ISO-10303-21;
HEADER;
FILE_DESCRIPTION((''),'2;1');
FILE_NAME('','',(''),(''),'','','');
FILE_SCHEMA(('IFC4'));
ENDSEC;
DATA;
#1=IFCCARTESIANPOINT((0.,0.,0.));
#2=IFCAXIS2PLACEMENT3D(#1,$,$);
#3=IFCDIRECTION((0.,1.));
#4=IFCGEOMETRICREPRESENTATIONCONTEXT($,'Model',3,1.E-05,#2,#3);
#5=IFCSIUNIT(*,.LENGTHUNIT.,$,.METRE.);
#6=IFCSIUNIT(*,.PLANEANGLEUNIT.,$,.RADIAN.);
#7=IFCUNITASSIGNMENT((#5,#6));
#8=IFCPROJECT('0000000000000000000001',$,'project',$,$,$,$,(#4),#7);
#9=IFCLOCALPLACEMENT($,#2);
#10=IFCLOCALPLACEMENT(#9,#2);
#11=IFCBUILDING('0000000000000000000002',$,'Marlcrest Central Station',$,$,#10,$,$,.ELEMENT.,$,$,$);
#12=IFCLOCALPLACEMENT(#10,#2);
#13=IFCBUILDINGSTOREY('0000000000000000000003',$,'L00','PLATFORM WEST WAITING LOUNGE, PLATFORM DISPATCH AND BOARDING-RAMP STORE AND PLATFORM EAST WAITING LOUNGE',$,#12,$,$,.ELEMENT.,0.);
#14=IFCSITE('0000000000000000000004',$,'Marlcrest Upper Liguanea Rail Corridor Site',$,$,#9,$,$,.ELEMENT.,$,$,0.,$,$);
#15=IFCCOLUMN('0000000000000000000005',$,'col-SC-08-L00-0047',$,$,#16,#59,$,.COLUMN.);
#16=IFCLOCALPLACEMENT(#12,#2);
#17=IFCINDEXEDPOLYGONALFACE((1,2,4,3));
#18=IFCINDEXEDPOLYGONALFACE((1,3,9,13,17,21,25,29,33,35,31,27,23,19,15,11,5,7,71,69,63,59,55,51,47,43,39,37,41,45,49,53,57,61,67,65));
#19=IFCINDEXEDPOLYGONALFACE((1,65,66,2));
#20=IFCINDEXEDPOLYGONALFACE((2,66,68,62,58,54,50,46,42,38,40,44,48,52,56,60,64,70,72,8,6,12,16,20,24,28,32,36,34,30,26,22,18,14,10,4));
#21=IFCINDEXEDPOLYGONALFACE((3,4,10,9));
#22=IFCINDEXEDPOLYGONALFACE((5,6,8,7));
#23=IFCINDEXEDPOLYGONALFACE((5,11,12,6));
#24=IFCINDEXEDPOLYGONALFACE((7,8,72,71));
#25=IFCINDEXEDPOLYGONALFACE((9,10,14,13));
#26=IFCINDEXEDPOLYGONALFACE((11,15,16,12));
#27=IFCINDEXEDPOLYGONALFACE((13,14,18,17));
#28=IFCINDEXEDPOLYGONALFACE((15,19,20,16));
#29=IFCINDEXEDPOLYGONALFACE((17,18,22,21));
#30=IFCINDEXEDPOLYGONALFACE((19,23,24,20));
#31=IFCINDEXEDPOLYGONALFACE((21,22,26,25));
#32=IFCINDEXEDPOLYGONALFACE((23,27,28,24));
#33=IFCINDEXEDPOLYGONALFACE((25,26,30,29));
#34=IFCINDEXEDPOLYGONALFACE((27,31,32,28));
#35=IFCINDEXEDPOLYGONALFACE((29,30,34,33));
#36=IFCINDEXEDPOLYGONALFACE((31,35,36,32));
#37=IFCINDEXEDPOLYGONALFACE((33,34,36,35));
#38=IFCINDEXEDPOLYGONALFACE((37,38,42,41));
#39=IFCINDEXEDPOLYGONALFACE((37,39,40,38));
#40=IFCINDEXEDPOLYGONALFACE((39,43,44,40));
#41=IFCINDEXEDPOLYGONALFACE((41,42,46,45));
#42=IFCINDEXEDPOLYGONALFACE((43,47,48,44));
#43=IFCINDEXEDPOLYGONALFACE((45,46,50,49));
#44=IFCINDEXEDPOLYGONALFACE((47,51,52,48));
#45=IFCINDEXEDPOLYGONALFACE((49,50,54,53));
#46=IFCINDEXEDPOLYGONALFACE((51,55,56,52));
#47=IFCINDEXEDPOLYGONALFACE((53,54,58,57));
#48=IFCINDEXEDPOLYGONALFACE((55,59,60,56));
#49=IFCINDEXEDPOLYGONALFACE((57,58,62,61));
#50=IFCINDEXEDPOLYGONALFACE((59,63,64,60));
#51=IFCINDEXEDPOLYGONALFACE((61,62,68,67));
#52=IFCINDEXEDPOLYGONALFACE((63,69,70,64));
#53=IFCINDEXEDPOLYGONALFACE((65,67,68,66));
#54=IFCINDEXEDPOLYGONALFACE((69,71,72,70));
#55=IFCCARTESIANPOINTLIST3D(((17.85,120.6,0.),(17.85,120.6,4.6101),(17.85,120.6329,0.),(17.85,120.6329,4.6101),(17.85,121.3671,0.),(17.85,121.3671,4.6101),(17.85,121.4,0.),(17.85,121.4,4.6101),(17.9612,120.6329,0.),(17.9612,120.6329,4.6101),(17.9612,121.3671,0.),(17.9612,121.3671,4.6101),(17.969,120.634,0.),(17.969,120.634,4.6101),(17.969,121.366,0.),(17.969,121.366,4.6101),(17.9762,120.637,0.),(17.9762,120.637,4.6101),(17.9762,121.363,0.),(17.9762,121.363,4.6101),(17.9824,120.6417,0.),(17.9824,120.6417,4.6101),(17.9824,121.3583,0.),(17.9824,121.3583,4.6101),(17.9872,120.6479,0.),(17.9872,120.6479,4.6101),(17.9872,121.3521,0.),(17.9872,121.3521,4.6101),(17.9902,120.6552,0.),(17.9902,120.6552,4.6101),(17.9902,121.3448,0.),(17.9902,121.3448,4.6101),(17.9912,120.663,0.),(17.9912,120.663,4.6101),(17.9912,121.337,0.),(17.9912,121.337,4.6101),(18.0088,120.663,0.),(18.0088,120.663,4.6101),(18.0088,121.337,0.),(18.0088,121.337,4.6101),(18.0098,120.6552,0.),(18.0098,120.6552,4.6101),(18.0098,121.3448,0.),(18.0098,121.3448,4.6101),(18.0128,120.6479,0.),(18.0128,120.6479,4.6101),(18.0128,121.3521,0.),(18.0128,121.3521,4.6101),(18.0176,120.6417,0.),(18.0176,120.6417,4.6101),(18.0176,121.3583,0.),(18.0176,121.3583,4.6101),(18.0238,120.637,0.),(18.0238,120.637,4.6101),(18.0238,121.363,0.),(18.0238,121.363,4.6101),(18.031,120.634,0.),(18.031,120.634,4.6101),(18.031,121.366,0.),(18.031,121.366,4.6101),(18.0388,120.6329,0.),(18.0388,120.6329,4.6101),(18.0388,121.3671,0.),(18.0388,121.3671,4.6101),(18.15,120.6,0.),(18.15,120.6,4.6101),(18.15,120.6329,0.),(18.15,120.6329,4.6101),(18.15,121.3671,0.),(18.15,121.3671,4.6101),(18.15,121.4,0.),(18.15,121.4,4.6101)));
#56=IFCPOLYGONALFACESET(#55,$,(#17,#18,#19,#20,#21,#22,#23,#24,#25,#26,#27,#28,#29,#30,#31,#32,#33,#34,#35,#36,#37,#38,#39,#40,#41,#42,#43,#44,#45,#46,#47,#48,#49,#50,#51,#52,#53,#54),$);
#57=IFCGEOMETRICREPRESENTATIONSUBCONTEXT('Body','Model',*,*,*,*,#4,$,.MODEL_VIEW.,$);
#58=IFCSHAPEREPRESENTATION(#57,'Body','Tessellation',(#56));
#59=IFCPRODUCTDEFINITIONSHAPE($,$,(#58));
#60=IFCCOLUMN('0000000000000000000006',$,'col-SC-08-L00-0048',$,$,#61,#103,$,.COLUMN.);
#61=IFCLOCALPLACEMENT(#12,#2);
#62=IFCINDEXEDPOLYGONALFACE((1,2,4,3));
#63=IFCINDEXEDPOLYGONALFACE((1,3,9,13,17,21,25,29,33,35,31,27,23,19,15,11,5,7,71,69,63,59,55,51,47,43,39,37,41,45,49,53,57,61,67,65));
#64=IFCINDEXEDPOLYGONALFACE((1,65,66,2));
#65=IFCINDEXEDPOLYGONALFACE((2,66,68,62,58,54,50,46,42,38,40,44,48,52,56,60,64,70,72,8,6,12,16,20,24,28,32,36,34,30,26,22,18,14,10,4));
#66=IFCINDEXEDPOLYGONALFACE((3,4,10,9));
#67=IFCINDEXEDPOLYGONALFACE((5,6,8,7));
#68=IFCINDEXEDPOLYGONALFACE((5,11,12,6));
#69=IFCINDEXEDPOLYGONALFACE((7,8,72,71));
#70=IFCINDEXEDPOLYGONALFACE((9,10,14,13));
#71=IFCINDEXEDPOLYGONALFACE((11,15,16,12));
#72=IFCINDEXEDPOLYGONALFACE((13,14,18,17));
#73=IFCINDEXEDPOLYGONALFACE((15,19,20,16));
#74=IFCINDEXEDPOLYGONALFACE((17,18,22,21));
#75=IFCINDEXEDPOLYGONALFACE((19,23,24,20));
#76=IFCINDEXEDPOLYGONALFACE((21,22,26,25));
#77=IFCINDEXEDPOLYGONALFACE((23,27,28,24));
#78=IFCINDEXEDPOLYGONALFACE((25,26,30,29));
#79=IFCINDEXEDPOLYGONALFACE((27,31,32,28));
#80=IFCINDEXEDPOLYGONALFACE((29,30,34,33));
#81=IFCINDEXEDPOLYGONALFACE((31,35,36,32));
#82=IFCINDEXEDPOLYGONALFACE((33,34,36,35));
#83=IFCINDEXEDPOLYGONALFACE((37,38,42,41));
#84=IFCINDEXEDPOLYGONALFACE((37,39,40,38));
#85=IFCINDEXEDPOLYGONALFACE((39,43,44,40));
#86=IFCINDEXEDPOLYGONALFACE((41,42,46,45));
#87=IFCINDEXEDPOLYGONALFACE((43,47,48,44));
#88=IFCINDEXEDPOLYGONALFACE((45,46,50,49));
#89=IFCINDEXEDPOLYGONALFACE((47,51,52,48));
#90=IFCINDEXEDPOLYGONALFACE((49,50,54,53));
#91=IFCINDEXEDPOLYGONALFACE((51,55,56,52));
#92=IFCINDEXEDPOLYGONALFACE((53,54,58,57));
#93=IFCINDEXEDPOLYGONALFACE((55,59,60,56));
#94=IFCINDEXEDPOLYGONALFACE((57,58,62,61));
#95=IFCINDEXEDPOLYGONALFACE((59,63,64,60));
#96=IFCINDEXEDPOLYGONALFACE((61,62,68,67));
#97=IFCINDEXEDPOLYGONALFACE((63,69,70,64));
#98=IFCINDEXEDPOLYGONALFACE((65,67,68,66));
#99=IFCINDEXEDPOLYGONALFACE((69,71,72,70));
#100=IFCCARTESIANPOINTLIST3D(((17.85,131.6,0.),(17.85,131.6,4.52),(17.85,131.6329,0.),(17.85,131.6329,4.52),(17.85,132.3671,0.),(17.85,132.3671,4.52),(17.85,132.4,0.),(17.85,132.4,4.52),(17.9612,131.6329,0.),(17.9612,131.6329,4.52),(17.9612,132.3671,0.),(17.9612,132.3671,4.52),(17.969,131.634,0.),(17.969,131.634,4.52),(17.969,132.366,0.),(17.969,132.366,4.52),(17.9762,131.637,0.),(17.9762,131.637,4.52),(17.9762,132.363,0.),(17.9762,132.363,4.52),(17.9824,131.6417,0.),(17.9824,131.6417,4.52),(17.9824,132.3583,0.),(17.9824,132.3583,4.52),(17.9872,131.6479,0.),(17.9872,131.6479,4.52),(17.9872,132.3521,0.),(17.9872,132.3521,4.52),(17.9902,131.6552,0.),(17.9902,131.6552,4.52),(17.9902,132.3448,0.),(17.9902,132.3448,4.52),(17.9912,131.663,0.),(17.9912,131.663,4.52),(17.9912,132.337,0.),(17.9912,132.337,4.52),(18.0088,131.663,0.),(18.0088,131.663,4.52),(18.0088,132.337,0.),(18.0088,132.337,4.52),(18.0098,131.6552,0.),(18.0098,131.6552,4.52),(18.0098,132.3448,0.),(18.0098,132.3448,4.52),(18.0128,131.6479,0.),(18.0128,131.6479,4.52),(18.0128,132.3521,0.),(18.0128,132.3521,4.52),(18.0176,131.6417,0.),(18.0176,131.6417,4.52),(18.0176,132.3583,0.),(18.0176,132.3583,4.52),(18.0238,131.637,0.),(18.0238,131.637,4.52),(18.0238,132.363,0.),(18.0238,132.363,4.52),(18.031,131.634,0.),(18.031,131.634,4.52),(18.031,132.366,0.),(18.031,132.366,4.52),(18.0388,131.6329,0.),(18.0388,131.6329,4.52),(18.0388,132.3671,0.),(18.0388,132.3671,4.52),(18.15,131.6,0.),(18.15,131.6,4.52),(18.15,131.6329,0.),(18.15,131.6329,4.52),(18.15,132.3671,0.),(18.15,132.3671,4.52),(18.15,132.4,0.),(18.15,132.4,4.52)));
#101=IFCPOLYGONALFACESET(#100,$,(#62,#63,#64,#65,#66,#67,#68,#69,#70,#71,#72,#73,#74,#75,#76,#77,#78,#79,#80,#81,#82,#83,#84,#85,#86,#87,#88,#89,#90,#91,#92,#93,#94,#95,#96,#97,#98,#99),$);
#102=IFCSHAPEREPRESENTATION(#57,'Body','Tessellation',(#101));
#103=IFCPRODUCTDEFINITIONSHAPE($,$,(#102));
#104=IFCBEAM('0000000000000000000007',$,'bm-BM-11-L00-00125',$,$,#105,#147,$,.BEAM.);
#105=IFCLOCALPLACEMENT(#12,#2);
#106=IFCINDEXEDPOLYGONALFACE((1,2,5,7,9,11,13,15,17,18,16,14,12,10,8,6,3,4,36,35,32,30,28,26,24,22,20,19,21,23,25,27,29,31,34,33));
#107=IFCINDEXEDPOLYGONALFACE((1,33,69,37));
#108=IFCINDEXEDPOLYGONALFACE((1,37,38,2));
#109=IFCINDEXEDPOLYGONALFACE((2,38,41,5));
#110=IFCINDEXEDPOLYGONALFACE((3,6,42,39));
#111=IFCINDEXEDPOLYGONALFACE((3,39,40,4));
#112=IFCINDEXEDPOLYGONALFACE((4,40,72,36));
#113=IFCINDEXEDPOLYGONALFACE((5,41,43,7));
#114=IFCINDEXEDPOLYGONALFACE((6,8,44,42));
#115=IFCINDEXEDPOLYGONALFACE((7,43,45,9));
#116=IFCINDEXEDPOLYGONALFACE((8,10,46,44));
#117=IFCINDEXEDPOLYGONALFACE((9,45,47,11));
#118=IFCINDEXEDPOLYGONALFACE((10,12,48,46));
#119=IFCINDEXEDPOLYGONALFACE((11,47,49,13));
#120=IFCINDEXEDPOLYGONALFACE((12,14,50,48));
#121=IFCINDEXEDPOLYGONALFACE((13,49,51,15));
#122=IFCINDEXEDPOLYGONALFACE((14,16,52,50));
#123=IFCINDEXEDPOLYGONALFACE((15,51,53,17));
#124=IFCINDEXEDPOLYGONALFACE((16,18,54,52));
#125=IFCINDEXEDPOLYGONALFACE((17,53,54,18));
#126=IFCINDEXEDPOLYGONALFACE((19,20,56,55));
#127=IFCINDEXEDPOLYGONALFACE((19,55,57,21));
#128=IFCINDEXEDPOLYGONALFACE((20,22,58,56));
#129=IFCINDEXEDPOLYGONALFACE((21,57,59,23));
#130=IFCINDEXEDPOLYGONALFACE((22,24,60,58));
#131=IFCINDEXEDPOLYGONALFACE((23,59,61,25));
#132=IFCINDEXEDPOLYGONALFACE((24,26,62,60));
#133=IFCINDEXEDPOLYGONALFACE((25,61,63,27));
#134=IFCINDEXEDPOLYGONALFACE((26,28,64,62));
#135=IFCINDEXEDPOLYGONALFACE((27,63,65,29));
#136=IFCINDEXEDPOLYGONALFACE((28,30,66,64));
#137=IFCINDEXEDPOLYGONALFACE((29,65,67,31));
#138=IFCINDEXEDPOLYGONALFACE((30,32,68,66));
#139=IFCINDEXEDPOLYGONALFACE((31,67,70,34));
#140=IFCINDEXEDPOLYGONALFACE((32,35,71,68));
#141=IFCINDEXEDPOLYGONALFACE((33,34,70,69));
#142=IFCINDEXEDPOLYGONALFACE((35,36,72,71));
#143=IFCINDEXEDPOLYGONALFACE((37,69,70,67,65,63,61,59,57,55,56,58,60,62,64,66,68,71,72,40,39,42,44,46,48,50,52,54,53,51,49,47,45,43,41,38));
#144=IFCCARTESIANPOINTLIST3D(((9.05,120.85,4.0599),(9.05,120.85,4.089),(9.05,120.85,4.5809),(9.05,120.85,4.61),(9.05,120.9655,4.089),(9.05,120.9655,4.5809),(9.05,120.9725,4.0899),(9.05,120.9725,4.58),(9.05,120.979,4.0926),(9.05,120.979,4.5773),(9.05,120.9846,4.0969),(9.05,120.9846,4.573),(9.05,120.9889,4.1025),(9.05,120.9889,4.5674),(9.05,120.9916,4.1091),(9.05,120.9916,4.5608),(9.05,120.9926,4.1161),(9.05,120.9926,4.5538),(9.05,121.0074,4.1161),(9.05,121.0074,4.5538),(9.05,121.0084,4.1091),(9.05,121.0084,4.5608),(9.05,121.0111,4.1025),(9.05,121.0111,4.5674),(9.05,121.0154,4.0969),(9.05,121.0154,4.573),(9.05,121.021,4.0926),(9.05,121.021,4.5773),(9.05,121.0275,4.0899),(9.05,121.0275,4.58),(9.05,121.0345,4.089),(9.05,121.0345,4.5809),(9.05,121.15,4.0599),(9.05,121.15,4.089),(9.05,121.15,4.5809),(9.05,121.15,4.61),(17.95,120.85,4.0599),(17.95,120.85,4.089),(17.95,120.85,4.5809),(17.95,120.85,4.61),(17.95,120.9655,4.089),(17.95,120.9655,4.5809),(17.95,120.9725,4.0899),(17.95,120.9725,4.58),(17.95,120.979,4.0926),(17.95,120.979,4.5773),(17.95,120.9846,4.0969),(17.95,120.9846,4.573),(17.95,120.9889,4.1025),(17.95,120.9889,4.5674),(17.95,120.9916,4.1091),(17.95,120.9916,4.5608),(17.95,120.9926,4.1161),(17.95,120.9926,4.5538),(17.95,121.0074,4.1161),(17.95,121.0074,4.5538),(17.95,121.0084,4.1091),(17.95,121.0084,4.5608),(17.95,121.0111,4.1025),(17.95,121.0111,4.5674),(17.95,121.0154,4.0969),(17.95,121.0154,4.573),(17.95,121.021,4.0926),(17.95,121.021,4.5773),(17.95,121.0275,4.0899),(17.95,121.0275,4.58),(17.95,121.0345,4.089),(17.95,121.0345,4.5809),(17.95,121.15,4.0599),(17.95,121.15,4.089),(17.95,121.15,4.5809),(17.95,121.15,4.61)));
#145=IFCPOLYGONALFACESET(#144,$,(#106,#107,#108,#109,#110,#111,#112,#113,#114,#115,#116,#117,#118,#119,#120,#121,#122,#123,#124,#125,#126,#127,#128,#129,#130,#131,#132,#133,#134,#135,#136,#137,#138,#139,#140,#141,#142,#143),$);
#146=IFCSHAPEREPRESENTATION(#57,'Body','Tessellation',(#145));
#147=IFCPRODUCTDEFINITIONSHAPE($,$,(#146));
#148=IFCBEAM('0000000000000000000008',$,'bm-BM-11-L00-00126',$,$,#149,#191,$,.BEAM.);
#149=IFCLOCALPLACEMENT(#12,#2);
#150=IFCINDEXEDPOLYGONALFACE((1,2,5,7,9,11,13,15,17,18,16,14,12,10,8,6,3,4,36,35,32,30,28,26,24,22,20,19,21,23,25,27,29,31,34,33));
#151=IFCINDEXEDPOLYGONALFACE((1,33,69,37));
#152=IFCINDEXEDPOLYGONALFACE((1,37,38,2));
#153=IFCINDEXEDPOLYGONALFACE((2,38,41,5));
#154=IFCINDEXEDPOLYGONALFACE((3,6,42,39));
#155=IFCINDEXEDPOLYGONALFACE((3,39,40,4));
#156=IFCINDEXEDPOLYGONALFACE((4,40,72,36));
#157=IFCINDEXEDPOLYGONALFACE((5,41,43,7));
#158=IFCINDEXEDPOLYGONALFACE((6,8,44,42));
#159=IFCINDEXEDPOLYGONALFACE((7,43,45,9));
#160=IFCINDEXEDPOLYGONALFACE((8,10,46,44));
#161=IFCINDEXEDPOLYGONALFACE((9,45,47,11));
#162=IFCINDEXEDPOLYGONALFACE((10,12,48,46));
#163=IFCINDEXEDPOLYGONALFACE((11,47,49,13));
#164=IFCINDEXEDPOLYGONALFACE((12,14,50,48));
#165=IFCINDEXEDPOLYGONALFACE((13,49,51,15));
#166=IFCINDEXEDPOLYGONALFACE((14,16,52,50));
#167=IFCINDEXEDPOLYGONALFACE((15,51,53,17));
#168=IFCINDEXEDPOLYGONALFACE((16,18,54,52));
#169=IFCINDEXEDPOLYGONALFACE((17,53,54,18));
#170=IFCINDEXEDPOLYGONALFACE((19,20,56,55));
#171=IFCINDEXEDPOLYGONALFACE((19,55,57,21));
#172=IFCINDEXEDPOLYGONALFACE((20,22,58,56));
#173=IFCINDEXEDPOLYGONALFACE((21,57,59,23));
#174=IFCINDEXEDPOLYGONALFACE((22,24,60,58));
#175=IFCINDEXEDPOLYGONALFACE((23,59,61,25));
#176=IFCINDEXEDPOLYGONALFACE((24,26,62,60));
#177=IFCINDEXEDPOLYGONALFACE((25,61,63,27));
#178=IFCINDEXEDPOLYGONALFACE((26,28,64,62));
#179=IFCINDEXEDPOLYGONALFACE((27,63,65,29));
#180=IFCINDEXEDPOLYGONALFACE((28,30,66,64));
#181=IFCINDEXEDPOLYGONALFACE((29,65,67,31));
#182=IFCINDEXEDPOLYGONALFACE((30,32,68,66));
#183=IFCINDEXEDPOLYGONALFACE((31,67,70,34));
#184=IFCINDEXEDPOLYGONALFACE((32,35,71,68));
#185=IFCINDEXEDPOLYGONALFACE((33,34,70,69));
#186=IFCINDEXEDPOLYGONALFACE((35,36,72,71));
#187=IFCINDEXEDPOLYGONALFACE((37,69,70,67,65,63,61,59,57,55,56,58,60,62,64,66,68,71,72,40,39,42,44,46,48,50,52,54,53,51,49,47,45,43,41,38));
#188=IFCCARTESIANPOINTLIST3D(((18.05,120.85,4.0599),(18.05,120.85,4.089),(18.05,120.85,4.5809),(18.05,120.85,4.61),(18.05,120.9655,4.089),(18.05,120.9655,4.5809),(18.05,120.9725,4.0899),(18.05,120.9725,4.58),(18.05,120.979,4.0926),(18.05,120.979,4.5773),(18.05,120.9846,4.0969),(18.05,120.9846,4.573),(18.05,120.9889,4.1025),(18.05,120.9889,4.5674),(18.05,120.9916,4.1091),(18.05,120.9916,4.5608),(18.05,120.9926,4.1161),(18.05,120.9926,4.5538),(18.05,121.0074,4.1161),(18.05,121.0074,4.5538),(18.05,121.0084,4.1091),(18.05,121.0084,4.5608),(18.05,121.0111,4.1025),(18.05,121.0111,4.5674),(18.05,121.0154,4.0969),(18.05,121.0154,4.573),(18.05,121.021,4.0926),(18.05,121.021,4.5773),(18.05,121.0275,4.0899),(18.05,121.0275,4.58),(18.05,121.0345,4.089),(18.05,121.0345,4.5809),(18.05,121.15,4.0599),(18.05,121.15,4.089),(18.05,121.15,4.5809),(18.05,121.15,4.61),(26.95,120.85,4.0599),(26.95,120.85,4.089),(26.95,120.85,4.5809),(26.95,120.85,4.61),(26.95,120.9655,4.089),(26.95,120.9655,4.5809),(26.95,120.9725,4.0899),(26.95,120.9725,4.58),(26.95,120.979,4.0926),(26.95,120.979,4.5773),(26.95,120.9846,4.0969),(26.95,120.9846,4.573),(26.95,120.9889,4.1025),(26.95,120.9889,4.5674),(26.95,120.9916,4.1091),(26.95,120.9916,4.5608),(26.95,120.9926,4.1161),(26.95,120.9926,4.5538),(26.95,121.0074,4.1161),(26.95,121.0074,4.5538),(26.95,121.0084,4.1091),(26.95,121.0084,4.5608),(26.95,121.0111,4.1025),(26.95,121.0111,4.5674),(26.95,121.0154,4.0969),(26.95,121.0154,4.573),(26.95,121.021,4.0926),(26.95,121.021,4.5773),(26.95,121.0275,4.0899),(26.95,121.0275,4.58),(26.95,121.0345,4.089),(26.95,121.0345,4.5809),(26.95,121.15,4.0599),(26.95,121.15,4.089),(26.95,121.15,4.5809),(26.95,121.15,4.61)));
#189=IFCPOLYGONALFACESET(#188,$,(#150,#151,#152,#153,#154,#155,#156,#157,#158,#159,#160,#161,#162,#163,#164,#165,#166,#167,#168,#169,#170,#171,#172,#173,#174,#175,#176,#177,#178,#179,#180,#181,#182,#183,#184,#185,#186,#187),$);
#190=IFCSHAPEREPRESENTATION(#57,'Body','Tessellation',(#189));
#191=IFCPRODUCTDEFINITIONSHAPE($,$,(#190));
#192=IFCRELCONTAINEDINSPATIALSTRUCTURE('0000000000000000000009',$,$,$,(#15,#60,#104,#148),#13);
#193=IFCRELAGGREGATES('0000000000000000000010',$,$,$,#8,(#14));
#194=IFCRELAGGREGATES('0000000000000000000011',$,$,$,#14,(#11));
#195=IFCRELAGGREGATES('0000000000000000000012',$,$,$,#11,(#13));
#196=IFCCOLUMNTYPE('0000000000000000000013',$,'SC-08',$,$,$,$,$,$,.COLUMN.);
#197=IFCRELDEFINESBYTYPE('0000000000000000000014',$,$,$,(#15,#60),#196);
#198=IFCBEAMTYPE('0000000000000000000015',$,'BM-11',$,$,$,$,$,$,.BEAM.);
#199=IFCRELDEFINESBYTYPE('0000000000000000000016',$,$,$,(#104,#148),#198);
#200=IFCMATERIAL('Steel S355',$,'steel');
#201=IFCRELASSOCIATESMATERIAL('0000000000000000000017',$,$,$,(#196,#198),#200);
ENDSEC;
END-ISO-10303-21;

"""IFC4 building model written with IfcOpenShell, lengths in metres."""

from ifc_helpers import new_model, si_unit, direction, frame, origin, origin_2d, place, context, subcontext, project, spatial, i_section, extrude, material, material_profile, profile_set, type_object, element, save


model = new_model("IFC4")

# Units and contexts
model_context = context("Model", 3, precision=1e-05, world=origin(), true_north=direction((0.0, 1.0)))
body_context = subcontext(model_context, "Body", "Model", "MODEL_VIEW")
ifc_project = project(units=[si_unit("LENGTHUNIT", "METRE"), si_unit("PLANEANGLEUNIT", "RADIAN")], contexts=[model_context])

# Site, building, storey
site_placement = place(None, origin())
site = spatial("IfcSite", under=ifc_project, at=site_placement, Name="Marlcrest Upper Liguanea Rail Corridor Site", CompositionType="ELEMENT", RefElevation=0.0)
building_placement = place(site_placement, origin())
building = spatial("IfcBuilding", under=site, at=building_placement, Name="Marlcrest Central Station", CompositionType="ELEMENT")
storey_placement = place(building_placement, origin())
storey = spatial("IfcBuildingStorey", under=building, at=storey_placement, Name="L00", Description="PLATFORM WEST WAITING LOUNGE, PLATFORM DISPATCH AND BOARDING-RAMP STORE AND PLATFORM EAST WAITING LOUNGE", CompositionType="ELEMENT", Elevation=0.0)

# Columns
ifc_material_1 = material(Name="Steel S355", Category="steel")
ifc_material_profile_1 = material_profile(ifc_material_1, i_section(OverallWidth=0.3, OverallDepth=0.8, WebThickness=0.0176, FlangeThickness=0.033, FilletRadius=0.03, at=origin_2d()), Name="HEB 800")
ifc_profile_set_1 = profile_set([ifc_material_profile_1], Name="Steel S355")
column_type_1 = type_object("IfcColumnType", Name="SC-08", PredefinedType="COLUMN", material=ifc_profile_set_1)
column_1_placement = place(storey_placement, frame((18.0, 121.0, 0.0), z_axis=(0.0, 0.0, 1.0), x_axis=(1.0, 0.0, 0.0)))
element("IfcColumn", 1, at=column_1_placement, inside=storey, type_object=column_type_1, Name="col-SC-08-L00-0047", PredefinedType="COLUMN", context=body_context, shape_type="SweptSolid", body=[
    extrude(i_section(OverallWidth=0.3, OverallDepth=0.8, WebThickness=0.0176, FlangeThickness=0.033, FilletRadius=0.03, at=origin_2d()), origin(), (0.0, 0.0, 1.0), 4.6101),
])
column_2_placement = place(storey_placement, frame((18.0, 132.0, 0.0), z_axis=(0.0, 0.0, 1.0), x_axis=(1.0, 0.0, 0.0)))
element("IfcColumn", 2, at=column_2_placement, inside=storey, type_object=column_type_1, Name="col-SC-08-L00-0048", PredefinedType="COLUMN", context=body_context, shape_type="SweptSolid", body=[
    extrude(i_section(OverallWidth=0.3, OverallDepth=0.8, WebThickness=0.0176, FlangeThickness=0.033, FilletRadius=0.03, at=origin_2d()), origin(), (0.0, 0.0, 1.0), 4.52),
])

# Beams
ifc_material_profile_2 = material_profile(ifc_material_1, i_section(OverallWidth=0.3, OverallDepth=0.55, WebThickness=0.0149, FlangeThickness=0.0291, FilletRadius=0.0271, at=origin_2d()), Name="HEB 550")
ifc_profile_set_2 = profile_set([ifc_material_profile_2], Name="Steel S355")
beam_type_1 = type_object("IfcBeamType", Name="BM-11", PredefinedType="BEAM", material=ifc_profile_set_2)
for number, where, z_axis, x_axis, name in (
    (3, (9.05, 121.0, 4.335), (1.0, 0.0, 0.0), (0.0, 1.0, 0.0), "bm-BM-11-L00-00125"),
    (4, (18.05, 121.0, 4.335), (1.0, 0.0, 0.0), (0.0, 1.0, 0.0), "bm-BM-11-L00-00126"),
):
    element("IfcBeam", number, at=place(storey_placement, frame(where, z_axis=z_axis, x_axis=x_axis)), inside=storey, type_object=beam_type_1, Name=name, PredefinedType="BEAM", context=body_context, shape_type="SweptSolid", body=[
        extrude(i_section(OverallWidth=0.3, OverallDepth=0.55, WebThickness=0.0149, FlangeThickness=0.0291, FilletRadius=0.0271, at=origin_2d()), origin(), (0.0, 0.0, 1.0), 8.8999),
    ])

save(model, "model.ifc")
